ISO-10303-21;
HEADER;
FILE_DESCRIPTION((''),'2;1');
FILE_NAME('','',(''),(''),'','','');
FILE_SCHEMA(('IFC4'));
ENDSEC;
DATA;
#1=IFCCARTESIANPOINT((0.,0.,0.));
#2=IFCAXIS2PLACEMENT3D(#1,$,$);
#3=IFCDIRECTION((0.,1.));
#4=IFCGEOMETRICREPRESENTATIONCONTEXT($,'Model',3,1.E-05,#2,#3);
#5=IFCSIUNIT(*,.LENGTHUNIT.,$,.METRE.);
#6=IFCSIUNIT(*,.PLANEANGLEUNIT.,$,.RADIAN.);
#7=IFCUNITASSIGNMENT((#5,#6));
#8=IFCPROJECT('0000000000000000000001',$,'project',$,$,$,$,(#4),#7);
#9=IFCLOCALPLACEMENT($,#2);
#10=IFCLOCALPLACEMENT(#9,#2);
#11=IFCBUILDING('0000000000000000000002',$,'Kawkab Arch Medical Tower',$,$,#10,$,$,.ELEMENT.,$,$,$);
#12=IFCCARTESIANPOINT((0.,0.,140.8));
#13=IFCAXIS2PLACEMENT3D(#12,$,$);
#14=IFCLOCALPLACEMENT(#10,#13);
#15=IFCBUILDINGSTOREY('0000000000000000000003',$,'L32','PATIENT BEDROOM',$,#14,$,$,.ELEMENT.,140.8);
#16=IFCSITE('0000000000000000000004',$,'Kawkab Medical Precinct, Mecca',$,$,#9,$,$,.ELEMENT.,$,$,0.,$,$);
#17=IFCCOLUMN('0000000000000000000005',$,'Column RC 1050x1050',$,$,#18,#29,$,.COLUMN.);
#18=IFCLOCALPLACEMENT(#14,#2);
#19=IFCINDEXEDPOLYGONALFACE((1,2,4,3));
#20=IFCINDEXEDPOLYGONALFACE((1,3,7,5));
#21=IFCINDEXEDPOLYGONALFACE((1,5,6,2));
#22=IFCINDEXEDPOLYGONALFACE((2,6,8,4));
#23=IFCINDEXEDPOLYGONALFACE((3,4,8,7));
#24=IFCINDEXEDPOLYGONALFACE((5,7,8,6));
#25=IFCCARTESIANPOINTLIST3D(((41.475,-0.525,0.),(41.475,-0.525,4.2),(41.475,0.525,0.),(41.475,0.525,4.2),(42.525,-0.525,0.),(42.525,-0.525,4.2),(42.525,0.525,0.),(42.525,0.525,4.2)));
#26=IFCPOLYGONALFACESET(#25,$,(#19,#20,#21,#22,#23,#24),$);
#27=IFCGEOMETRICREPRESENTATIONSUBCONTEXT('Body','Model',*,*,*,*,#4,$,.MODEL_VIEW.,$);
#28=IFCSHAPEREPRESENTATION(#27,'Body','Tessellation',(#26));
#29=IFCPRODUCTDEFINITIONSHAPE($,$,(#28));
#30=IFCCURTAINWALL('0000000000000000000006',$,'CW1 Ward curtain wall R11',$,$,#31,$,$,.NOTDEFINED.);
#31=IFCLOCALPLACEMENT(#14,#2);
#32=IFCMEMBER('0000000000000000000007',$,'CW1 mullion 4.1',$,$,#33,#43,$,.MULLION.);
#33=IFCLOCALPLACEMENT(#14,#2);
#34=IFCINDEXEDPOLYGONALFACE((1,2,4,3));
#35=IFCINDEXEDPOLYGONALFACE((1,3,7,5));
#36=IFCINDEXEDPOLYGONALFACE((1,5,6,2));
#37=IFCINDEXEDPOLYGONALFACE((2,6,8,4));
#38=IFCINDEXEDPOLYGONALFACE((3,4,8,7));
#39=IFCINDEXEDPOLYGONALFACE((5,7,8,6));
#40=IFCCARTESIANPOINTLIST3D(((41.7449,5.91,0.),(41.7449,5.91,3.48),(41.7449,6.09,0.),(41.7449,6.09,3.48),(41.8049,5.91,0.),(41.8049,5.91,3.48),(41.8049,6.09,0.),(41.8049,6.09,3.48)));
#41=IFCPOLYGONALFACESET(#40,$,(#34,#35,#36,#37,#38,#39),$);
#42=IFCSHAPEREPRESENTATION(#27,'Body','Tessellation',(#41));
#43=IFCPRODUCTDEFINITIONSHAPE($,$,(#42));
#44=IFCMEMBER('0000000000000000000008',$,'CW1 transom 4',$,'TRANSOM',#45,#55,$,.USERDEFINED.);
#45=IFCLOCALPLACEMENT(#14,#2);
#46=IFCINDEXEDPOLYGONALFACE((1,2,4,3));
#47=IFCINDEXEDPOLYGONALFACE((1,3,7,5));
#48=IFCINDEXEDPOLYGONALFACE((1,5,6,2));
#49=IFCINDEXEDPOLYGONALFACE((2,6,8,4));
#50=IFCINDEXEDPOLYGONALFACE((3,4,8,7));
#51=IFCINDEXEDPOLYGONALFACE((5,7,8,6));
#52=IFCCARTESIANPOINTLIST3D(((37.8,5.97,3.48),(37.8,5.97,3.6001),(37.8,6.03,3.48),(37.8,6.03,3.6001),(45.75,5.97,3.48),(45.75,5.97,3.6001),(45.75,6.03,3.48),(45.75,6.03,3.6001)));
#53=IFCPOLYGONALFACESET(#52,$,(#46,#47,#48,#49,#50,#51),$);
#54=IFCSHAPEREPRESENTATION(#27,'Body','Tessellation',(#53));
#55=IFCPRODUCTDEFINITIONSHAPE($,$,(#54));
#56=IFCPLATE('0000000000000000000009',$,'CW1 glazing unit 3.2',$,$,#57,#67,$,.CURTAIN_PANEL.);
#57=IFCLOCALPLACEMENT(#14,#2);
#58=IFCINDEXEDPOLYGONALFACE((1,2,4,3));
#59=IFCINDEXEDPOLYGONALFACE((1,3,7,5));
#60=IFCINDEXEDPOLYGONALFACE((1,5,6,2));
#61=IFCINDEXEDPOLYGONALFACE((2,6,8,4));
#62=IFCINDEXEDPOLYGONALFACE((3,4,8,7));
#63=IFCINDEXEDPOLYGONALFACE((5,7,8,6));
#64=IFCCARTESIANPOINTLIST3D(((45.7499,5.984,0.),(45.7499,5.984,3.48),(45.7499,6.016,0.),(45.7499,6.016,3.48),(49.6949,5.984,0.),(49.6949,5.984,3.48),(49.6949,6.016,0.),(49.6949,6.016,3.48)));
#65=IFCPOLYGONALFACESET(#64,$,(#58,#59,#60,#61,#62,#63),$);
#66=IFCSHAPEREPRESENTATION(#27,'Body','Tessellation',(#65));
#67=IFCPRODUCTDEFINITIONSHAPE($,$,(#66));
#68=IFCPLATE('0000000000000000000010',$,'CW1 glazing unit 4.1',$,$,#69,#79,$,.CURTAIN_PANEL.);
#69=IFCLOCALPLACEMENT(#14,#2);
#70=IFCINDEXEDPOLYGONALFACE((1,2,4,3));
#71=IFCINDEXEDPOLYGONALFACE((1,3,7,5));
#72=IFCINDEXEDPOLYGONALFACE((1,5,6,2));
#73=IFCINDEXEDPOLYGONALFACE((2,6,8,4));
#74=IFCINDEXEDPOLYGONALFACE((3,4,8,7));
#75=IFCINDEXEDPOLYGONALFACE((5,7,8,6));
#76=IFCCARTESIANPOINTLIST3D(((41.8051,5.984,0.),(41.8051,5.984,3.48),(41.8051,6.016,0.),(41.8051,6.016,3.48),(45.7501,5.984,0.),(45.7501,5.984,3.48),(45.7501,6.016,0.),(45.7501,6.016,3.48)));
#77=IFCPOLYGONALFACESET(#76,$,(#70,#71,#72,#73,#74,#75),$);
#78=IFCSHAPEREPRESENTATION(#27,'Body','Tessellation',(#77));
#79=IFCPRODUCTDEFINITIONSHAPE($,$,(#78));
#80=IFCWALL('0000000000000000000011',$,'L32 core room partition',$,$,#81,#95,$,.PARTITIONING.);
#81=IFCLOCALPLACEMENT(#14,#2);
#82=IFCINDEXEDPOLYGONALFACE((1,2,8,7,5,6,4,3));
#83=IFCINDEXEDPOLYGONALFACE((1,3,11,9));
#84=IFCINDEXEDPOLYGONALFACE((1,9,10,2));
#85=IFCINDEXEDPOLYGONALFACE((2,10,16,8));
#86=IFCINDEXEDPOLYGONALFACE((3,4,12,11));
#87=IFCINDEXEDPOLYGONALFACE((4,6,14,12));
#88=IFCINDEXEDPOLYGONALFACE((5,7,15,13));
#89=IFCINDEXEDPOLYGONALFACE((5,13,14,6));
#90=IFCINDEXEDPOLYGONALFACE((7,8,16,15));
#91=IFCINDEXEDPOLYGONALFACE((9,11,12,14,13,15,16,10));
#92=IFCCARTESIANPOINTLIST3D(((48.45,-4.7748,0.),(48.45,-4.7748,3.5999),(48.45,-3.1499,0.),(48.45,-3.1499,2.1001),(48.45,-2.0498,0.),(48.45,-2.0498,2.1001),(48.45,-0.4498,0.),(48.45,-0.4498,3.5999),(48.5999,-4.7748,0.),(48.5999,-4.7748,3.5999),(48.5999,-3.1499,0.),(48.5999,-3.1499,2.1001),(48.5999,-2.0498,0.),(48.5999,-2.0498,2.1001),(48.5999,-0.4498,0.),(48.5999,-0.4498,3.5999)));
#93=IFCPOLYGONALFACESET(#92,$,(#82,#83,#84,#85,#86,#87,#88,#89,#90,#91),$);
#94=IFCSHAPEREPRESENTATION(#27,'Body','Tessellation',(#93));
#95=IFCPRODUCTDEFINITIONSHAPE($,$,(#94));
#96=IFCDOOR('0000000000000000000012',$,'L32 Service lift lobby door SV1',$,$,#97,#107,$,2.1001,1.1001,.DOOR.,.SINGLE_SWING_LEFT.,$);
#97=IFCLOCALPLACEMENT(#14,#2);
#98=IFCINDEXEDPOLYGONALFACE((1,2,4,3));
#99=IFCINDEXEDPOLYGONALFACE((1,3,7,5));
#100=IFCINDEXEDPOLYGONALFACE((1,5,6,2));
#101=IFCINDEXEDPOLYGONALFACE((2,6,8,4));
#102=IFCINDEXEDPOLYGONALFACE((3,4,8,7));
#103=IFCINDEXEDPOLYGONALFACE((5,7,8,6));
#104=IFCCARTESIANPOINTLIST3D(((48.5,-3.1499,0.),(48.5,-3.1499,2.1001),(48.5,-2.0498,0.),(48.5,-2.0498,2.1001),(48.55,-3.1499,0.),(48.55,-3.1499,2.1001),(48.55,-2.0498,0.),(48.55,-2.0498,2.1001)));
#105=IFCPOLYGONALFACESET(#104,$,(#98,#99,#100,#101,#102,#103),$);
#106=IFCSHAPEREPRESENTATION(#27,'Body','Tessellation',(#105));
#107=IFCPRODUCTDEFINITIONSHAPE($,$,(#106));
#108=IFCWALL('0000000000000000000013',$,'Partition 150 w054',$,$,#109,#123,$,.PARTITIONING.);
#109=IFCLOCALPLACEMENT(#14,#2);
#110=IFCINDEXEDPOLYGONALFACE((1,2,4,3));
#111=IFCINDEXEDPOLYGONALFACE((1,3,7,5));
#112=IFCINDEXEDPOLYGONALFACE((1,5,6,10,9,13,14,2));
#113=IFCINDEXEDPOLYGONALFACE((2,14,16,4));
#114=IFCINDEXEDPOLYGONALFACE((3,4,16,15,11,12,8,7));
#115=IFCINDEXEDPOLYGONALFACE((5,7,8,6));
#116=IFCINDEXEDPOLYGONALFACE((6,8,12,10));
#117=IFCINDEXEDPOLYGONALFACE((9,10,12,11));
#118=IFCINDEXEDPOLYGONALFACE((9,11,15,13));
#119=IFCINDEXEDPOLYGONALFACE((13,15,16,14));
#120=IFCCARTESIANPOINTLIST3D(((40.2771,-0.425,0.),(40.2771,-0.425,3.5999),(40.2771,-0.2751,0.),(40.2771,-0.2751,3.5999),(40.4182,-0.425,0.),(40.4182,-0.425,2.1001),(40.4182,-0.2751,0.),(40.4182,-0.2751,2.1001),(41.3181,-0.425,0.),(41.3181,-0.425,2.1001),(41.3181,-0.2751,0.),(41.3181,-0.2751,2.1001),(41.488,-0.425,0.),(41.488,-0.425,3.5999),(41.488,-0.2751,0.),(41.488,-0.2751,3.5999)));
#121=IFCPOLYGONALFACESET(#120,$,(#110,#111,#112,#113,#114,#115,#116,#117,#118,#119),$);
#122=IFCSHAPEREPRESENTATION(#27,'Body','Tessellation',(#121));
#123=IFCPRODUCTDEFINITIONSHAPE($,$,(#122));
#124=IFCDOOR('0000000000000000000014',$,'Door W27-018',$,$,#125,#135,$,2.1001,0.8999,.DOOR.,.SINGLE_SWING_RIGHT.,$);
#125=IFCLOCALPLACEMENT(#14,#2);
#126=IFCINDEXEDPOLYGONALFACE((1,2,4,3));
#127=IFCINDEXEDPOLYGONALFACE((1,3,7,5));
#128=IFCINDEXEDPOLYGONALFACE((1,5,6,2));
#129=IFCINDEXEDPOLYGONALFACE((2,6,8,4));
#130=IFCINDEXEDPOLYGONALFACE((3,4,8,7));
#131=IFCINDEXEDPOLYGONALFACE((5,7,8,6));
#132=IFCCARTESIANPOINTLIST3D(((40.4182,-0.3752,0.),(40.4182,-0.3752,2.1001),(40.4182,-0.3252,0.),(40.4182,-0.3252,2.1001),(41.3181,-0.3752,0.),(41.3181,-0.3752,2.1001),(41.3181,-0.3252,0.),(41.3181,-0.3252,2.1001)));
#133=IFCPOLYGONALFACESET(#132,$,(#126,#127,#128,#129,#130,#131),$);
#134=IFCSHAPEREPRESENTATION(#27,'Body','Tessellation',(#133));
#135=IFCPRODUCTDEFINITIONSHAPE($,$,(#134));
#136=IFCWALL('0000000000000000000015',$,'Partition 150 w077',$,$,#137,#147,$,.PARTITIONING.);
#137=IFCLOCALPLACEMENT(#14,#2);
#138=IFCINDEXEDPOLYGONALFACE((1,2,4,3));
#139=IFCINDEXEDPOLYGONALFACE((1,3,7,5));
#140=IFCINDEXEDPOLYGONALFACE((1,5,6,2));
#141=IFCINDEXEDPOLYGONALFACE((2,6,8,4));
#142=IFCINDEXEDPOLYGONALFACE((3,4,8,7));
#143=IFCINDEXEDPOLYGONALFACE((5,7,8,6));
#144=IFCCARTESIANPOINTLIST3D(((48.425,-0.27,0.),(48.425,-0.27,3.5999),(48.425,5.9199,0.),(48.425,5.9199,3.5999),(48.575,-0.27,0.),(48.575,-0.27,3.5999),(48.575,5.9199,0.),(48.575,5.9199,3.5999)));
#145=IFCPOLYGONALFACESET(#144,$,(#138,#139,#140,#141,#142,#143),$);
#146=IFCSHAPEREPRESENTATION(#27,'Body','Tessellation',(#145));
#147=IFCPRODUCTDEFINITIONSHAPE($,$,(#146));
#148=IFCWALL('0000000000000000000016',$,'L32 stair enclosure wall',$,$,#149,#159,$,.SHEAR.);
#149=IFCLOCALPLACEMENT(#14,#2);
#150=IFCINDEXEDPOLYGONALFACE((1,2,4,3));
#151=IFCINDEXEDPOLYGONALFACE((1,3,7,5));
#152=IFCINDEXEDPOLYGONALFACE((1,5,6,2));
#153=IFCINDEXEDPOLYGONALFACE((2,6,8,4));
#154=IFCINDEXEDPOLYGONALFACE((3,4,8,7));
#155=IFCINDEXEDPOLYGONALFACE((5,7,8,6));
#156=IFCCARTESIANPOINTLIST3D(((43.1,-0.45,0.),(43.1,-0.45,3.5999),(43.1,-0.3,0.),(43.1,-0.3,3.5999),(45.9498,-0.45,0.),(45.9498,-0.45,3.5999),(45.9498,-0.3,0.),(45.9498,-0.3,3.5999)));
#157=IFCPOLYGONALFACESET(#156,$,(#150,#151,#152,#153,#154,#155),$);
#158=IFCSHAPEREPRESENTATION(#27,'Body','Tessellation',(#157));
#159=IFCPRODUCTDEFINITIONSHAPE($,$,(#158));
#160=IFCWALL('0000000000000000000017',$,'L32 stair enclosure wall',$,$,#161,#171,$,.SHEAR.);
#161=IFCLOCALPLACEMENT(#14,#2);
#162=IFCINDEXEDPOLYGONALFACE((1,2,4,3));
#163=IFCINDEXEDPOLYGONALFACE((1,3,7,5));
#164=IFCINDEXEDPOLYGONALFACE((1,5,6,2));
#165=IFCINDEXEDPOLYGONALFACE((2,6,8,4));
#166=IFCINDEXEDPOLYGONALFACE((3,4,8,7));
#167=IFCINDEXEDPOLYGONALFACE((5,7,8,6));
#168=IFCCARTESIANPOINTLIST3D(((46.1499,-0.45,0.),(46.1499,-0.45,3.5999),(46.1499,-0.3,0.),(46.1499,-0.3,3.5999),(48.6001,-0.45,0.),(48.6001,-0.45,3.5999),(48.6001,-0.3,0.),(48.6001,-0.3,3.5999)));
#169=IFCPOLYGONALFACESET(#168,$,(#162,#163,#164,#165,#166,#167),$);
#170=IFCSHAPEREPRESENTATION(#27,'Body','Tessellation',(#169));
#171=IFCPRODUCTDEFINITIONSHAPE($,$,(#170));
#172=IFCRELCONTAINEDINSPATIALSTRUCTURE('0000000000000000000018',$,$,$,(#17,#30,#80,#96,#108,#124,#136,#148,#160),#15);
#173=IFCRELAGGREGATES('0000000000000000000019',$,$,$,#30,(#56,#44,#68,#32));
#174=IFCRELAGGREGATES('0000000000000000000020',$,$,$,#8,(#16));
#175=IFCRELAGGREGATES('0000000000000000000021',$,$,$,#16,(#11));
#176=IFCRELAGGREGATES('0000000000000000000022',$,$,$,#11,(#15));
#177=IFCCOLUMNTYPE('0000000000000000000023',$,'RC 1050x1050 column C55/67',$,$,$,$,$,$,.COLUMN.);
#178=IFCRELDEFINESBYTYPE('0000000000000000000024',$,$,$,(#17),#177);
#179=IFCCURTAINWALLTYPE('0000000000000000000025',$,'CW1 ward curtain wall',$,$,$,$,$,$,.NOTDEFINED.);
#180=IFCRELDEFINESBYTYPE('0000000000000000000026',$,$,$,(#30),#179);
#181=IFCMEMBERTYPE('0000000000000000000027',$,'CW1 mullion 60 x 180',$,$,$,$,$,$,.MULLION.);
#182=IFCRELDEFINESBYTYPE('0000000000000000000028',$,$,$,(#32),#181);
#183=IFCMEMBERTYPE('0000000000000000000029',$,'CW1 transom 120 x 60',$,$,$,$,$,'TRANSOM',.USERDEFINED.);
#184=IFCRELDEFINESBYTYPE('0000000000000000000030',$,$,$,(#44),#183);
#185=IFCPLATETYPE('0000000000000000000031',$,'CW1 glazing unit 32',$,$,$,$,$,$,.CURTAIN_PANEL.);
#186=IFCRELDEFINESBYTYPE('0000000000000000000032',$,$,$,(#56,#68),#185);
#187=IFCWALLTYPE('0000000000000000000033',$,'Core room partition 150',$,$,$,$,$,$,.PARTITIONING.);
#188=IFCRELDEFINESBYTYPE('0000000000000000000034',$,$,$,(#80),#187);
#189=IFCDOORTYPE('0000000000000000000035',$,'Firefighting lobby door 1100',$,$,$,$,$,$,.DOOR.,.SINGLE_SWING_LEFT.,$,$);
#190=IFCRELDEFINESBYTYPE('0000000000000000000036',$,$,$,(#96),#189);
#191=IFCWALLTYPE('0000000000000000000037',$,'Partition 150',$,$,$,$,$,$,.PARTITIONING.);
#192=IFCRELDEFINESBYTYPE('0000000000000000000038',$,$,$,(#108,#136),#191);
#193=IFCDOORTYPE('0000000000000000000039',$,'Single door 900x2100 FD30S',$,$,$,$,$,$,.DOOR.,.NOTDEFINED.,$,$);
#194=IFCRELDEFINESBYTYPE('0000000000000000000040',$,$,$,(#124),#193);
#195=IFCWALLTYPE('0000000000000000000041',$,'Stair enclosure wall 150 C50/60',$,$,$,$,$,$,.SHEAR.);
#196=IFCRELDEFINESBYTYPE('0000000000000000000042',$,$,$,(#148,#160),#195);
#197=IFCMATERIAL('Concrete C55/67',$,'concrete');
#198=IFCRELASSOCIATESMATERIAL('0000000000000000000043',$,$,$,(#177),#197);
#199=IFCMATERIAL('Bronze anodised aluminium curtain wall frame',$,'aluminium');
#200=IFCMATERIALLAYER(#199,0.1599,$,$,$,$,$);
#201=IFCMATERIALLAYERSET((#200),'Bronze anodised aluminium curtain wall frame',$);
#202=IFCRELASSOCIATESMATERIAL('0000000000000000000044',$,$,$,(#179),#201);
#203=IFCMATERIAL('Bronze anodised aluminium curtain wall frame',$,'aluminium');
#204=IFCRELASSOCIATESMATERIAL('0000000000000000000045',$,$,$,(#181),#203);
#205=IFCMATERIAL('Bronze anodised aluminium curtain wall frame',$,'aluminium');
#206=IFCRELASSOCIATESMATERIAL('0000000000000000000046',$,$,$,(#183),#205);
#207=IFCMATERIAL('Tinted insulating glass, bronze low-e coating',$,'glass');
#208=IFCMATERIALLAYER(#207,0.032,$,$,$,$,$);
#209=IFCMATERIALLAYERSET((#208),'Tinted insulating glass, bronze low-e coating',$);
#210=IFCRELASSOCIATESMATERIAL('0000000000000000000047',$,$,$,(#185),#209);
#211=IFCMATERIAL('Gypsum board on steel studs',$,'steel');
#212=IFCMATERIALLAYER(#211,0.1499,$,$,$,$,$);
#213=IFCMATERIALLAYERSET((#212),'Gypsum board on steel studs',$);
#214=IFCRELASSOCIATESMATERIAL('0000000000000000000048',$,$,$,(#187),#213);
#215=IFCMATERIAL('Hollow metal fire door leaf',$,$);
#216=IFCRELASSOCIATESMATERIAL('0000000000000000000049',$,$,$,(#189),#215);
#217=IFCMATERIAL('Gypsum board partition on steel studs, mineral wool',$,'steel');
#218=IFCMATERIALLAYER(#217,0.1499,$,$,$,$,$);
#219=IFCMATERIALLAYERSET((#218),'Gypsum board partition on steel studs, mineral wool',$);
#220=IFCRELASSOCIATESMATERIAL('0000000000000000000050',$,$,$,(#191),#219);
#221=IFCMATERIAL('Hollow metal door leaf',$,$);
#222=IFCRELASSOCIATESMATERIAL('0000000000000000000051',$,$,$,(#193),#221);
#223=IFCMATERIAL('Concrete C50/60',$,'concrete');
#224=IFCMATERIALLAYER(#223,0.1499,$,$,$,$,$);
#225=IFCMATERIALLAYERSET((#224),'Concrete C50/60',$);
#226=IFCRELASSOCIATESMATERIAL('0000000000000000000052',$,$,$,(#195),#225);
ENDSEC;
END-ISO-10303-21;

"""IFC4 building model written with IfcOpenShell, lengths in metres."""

from ifc_helpers import new_model, si_unit, direction, frame, frame_2d, origin, origin_2d, place, context, subcontext, project, spatial, rectangle, extrude, material, layer, layer_set, material_profile, profile_set, type_object, element, fill, aggregate, save


model = new_model("IFC4")

# Units and contexts
model_context = context("Model", 3, precision=1e-05, world=origin(), true_north=direction((0.0, 1.0)))
body_context = subcontext(model_context, "Body", "Model", "MODEL_VIEW")
ifc_project = project(units=[si_unit("LENGTHUNIT", "METRE"), si_unit("PLANEANGLEUNIT", "RADIAN")], contexts=[model_context])

# Site, building, storey
site_placement = place(None, origin())
site = spatial("IfcSite", under=ifc_project, at=site_placement, Name="Kawkab Medical Precinct, Mecca", CompositionType="ELEMENT", RefElevation=0.0)
building_placement = place(site_placement, origin())
building = spatial("IfcBuilding", under=site, at=building_placement, Name="Kawkab Arch Medical Tower", CompositionType="ELEMENT")
storey_placement = place(building_placement, frame((0.0, 0.0, 140.8)))
storey = spatial("IfcBuildingStorey", under=building, at=storey_placement, Name="L32", Description="PATIENT BEDROOM", CompositionType="ELEMENT", Elevation=140.8)

# Column
ifc_material_1 = material(Name="Concrete C55/67", Category="concrete")
ifc_material_profile_1 = material_profile(ifc_material_1, rectangle(XDim=1.05, YDim=1.05, at=origin_2d()), Name="RC 1050x1050")
ifc_profile_set_1 = profile_set([ifc_material_profile_1], Name="Concrete C55/67")
column_type = type_object("IfcColumnType", Name="RC 1050x1050 column C55/67", PredefinedType="COLUMN", material=ifc_profile_set_1)
column_placement = place(storey_placement, frame((42.0, 0.0, 0.0), z_axis=(0.0, 0.0, 1.0), x_axis=(1.0, 0.0, 0.0)))
element("IfcColumn", 1, at=column_placement, inside=storey, type_object=column_type, Name="Column RC 1050x1050", PredefinedType="COLUMN", context=body_context, shape_type="SweptSolid", body=[
    extrude(rectangle(XDim=1.05, YDim=1.05, at=origin_2d()), origin(), (0.0, 0.0, 1.0), 4.2),
])

# Curtain wall, members, plates
ifc_material_2 = material(Name="Bronze anodised aluminium curtain wall frame", Category="aluminium")
ifc_layer_1 = layer(ifc_material_2, 0.1599)
ifc_layer_set_1 = layer_set([ifc_layer_1], Name="Bronze anodised aluminium curtain wall frame")
curtain_wall_type = type_object("IfcCurtainWallType", Name="CW1 ward curtain wall", PredefinedType="NOTDEFINED", material=ifc_layer_set_1)
placement = place(storey_placement, origin())
curtain_wall = element("IfcCurtainWall", 2, at=placement, inside=storey, type_object=curtain_wall_type, Name="CW1 Ward curtain wall R11", PredefinedType="NOTDEFINED")
ifc_material_3 = material(Name="Bronze anodised aluminium curtain wall frame", Category="aluminium")
ifc_material_profile_2 = material_profile(ifc_material_3, rectangle(XDim=0.1799, YDim=0.0601, at=origin_2d()), Name="AL 60x180")
ifc_profile_set_2 = profile_set([ifc_material_profile_2], Name="Bronze anodised aluminium curtain wall frame")
member_type_1 = type_object("IfcMemberType", Name="CW1 mullion 60 x 180", PredefinedType="MULLION", material=ifc_profile_set_2)
member_1_placement = place(storey_placement, frame((41.7749, 6.0, 0.0), z_axis=(0.0, 0.0, 1.0), x_axis=(0.0, -1.0, 0.0)))
member_1 = element("IfcMember", 3, at=member_1_placement, type_object=member_type_1, Name="CW1 mullion 4.1", PredefinedType="MULLION", context=body_context, shape_type="SweptSolid", body=[
    extrude(rectangle(XDim=0.1799, YDim=0.0601, at=origin_2d()), origin(), (0.0, 0.0, 1.0), 3.48),
])
ifc_material_4 = material(Name="Bronze anodised aluminium curtain wall frame", Category="aluminium")
ifc_material_profile_3 = material_profile(ifc_material_4, rectangle(XDim=0.0601, YDim=0.1201, at=origin_2d()), Name="AL 60x120")
ifc_profile_set_3 = profile_set([ifc_material_profile_3], Name="Bronze anodised aluminium curtain wall frame")
member_type_2 = type_object("IfcMemberType", Name="CW1 transom 120 x 60", ElementType="TRANSOM", PredefinedType="USERDEFINED", material=ifc_profile_set_3)
member_2_placement = place(storey_placement, frame((45.75, 6.0, 3.54), z_axis=(-1.0, 0.0, 0.0), x_axis=(0.0, -1.0, 0.0)))
member_2 = element("IfcMember", 4, at=member_2_placement, type_object=member_type_2, Name="CW1 transom 4", ObjectType="TRANSOM", PredefinedType="USERDEFINED", context=body_context, shape_type="SweptSolid", body=[
    extrude(rectangle(XDim=0.0601, YDim=0.1201, at=origin_2d()), origin(), (0.0, 0.0, 1.0), 7.95),
])
ifc_material_5 = material(Name="Tinted insulating glass, bronze low-e coating", Category="glass")
ifc_layer_2 = layer(ifc_material_5, 0.032)
ifc_layer_set_2 = layer_set([ifc_layer_2], Name="Tinted insulating glass, bronze low-e coating")
plate_type = type_object("IfcPlateType", Name="CW1 glazing unit 32", PredefinedType="CURTAIN_PANEL", material=ifc_layer_set_2)
plate_1_placement = place(storey_placement, frame((47.7224, 6.0, 0.0), z_axis=(0.0, 0.0, 1.0), x_axis=(-1.0, 0.0, 0.0)))
plate_1 = element("IfcPlate", 5, at=plate_1_placement, type_object=plate_type, Name="CW1 glazing unit 3.2", PredefinedType="CURTAIN_PANEL", context=body_context, shape_type="SweptSolid", body=[
    extrude(rectangle(XDim=3.9451, YDim=0.032, at=origin_2d()), origin(), (0.0, 0.0, 1.0), 3.48),
])
plate_2_placement = place(storey_placement, frame((43.7776, 6.0, 0.0), z_axis=(0.0, 0.0, 1.0), x_axis=(-1.0, 0.0, 0.0)))
plate_2 = element("IfcPlate", 6, at=plate_2_placement, type_object=plate_type, Name="CW1 glazing unit 4.1", PredefinedType="CURTAIN_PANEL", context=body_context, shape_type="SweptSolid", body=[
    extrude(rectangle(XDim=3.9451, YDim=0.032, at=origin_2d()), origin(), (0.0, 0.0, 1.0), 3.48),
])
aggregate(curtain_wall, [plate_1, member_2, plate_2, member_1])

# Walls, openings, doors
ifc_material_6 = material(Name="Gypsum board on steel studs", Category="steel")
ifc_layer_3 = layer(ifc_material_6, 0.1499)
ifc_layer_set_3 = layer_set([ifc_layer_3], Name="Gypsum board on steel studs")
wall_type_1 = type_object("IfcWallType", Name="Core room partition 150", PredefinedType="PARTITIONING", material=ifc_layer_set_3)
wall_1_placement = place(storey_placement, frame((48.5249, -4.7749, 0.0), z_axis=(0.0, 0.0, 1.0), x_axis=(0.0, 1.0, 0.0)))
wall_1 = element("IfcWall", 7, at=wall_1_placement, inside=storey, type_object=wall_type_1, Name="L32 core room partition", PredefinedType="PARTITIONING", context=body_context, shape_type="SweptSolid", body=[
    extrude(rectangle(XDim=4.325, YDim=0.1499, at=frame_2d((2.1626, 0.0))), origin(), (0.0, 0.0, 1.0), 3.5999),
])
opening_1_placement = place(wall_1_placement, frame((1.625, 0.0, 0.0)))
opening_1 = element("IfcOpeningElement", 8, at=opening_1_placement, cuts=wall_1, PredefinedType="OPENING", context=body_context, shape_type="SweptSolid", body=[
    extrude(rectangle(XDim=1.1001, YDim=2.1001, at=frame_2d((0.55, 1.05))), frame((0.0, 0.085, 0.0), z_axis=(0.0, -1.0, 0.0), x_axis=(1.0, 0.0, 0.0)), (0.0, 0.0, 1.0), 0.1699),
])
ifc_material_7 = material(Name="Hollow metal fire door leaf")
door_type_1 = type_object("IfcDoorType", Name="Firefighting lobby door 1100", OperationType="SINGLE_SWING_LEFT", PredefinedType="DOOR", material=ifc_material_7)
door_1_placement = place(opening_1_placement, origin())
door_1 = element("IfcDoor", 9, at=door_1_placement, inside=storey, type_object=door_type_1, Name="L32 Service lift lobby door SV1", OperationType="SINGLE_SWING_LEFT", OverallHeight=2.1001, OverallWidth=1.1001, PredefinedType="DOOR", context=body_context, shape_type="SweptSolid", body=[
    extrude(rectangle(XDim=1.1001, YDim=2.1001, at=frame_2d((0.55, 1.05))), frame((0.0, 0.0249, 0.0), z_axis=(0.0, -1.0, 0.0), x_axis=(1.0, 0.0, 0.0)), (0.0, 0.0, 1.0), 0.05),
])
fill(opening_1, door_1)
ifc_material_8 = material(Name="Gypsum board partition on steel studs, mineral wool", Category="steel")
ifc_layer_4 = layer(ifc_material_8, 0.1499)
ifc_layer_set_4 = layer_set([ifc_layer_4], Name="Gypsum board partition on steel studs, mineral wool")
wall_type_2 = type_object("IfcWallType", Name="Partition 150", PredefinedType="PARTITIONING", material=ifc_layer_set_4)
wall_2_placement = place(storey_placement, frame((40.2771, -0.3501, 0.0), z_axis=(0.0, 0.0, 1.0), x_axis=(1.0, 0.0, 0.0)))
wall_2 = element("IfcWall", 10, at=wall_2_placement, inside=storey, type_object=wall_type_2, Name="Partition 150 w054", PredefinedType="PARTITIONING", context=body_context, shape_type="SweptSolid", body=[
    extrude(rectangle(XDim=1.2109, YDim=0.1499, at=frame_2d((0.6055, 0.0))), origin(), (0.0, 0.0, 1.0), 3.5999),
])
opening_2_placement = place(wall_2_placement, frame((0.1411, 0.0, 0.0)))
opening_2 = element("IfcOpeningElement", 11, at=opening_2_placement, cuts=wall_2, PredefinedType="OPENING", context=body_context, shape_type="SweptSolid", body=[
    extrude(rectangle(XDim=0.8999, YDim=2.1001, at=frame_2d((0.45, 1.05))), frame((0.0, 0.085, 0.0), z_axis=(0.0, -1.0, 0.0), x_axis=(1.0, 0.0, 0.0)), (0.0, 0.0, 1.0), 0.1699),
])
ifc_material_9 = material(Name="Hollow metal door leaf")
door_type_2 = type_object("IfcDoorType", Name="Single door 900x2100 FD30S", OperationType="NOTDEFINED", PredefinedType="DOOR", material=ifc_material_9)
door_2_placement = place(opening_2_placement, origin())
door_2 = element("IfcDoor", 12, at=door_2_placement, inside=storey, type_object=door_type_2, Name="Door W27-018", OperationType="SINGLE_SWING_RIGHT", OverallHeight=2.1001, OverallWidth=0.8999, PredefinedType="DOOR", context=body_context, shape_type="SweptSolid", body=[
    extrude(rectangle(XDim=0.8999, YDim=2.1001, at=frame_2d((0.45, 1.05))), frame((0.0, 0.0249, 0.0), z_axis=(0.0, -1.0, 0.0), x_axis=(1.0, 0.0, 0.0)), (0.0, 0.0, 1.0), 0.05),
])
fill(opening_2, door_2)

# Walls
wall_3_placement = place(storey_placement, frame((48.5, -0.27, 0.0), z_axis=(0.0, 0.0, 1.0), x_axis=(0.0, 1.0, 0.0)))
element("IfcWall", 13, at=wall_3_placement, inside=storey, type_object=wall_type_2, Name="Partition 150 w077", PredefinedType="PARTITIONING", context=body_context, shape_type="SweptSolid", body=[
    extrude(rectangle(XDim=6.1899, YDim=0.1499, at=frame_2d((3.095, 0.0))), origin(), (0.0, 0.0, 1.0), 3.5999),
])
ifc_material_10 = material(Name="Concrete C50/60", Category="concrete")
ifc_layer_5 = layer(ifc_material_10, 0.1499)
ifc_layer_set_5 = layer_set([ifc_layer_5], Name="Concrete C50/60")
wall_type_3 = type_object("IfcWallType", Name="Stair enclosure wall 150 C50/60", PredefinedType="SHEAR", material=ifc_layer_set_5)
wall_4_placement = place(storey_placement, frame((43.1001, -0.375, 0.0), z_axis=(0.0, 0.0, 1.0), x_axis=(1.0, 0.0, 0.0)))
element("IfcWall", 14, at=wall_4_placement, inside=storey, type_object=wall_type_3, Name="L32 stair enclosure wall", PredefinedType="SHEAR", context=body_context, shape_type="SweptSolid", body=[
    extrude(rectangle(XDim=2.8499, YDim=0.1499, at=frame_2d((1.4248, 0.0))), origin(), (0.0, 0.0, 1.0), 3.5999),
])
wall_5_placement = place(storey_placement, frame((46.1499, -0.375, 0.0), z_axis=(0.0, 0.0, 1.0), x_axis=(1.0, 0.0, 0.0)))
element("IfcWall", 15, at=wall_5_placement, inside=storey, type_object=wall_type_3, Name="L32 stair enclosure wall", PredefinedType="SHEAR", context=body_context, shape_type="SweptSolid", body=[
    extrude(rectangle(XDim=2.4502, YDim=0.1499, at=frame_2d((1.2251, 0.0))), origin(), (0.0, 0.0, 1.0), 3.5999),
])

save(model, "model.ifc")
